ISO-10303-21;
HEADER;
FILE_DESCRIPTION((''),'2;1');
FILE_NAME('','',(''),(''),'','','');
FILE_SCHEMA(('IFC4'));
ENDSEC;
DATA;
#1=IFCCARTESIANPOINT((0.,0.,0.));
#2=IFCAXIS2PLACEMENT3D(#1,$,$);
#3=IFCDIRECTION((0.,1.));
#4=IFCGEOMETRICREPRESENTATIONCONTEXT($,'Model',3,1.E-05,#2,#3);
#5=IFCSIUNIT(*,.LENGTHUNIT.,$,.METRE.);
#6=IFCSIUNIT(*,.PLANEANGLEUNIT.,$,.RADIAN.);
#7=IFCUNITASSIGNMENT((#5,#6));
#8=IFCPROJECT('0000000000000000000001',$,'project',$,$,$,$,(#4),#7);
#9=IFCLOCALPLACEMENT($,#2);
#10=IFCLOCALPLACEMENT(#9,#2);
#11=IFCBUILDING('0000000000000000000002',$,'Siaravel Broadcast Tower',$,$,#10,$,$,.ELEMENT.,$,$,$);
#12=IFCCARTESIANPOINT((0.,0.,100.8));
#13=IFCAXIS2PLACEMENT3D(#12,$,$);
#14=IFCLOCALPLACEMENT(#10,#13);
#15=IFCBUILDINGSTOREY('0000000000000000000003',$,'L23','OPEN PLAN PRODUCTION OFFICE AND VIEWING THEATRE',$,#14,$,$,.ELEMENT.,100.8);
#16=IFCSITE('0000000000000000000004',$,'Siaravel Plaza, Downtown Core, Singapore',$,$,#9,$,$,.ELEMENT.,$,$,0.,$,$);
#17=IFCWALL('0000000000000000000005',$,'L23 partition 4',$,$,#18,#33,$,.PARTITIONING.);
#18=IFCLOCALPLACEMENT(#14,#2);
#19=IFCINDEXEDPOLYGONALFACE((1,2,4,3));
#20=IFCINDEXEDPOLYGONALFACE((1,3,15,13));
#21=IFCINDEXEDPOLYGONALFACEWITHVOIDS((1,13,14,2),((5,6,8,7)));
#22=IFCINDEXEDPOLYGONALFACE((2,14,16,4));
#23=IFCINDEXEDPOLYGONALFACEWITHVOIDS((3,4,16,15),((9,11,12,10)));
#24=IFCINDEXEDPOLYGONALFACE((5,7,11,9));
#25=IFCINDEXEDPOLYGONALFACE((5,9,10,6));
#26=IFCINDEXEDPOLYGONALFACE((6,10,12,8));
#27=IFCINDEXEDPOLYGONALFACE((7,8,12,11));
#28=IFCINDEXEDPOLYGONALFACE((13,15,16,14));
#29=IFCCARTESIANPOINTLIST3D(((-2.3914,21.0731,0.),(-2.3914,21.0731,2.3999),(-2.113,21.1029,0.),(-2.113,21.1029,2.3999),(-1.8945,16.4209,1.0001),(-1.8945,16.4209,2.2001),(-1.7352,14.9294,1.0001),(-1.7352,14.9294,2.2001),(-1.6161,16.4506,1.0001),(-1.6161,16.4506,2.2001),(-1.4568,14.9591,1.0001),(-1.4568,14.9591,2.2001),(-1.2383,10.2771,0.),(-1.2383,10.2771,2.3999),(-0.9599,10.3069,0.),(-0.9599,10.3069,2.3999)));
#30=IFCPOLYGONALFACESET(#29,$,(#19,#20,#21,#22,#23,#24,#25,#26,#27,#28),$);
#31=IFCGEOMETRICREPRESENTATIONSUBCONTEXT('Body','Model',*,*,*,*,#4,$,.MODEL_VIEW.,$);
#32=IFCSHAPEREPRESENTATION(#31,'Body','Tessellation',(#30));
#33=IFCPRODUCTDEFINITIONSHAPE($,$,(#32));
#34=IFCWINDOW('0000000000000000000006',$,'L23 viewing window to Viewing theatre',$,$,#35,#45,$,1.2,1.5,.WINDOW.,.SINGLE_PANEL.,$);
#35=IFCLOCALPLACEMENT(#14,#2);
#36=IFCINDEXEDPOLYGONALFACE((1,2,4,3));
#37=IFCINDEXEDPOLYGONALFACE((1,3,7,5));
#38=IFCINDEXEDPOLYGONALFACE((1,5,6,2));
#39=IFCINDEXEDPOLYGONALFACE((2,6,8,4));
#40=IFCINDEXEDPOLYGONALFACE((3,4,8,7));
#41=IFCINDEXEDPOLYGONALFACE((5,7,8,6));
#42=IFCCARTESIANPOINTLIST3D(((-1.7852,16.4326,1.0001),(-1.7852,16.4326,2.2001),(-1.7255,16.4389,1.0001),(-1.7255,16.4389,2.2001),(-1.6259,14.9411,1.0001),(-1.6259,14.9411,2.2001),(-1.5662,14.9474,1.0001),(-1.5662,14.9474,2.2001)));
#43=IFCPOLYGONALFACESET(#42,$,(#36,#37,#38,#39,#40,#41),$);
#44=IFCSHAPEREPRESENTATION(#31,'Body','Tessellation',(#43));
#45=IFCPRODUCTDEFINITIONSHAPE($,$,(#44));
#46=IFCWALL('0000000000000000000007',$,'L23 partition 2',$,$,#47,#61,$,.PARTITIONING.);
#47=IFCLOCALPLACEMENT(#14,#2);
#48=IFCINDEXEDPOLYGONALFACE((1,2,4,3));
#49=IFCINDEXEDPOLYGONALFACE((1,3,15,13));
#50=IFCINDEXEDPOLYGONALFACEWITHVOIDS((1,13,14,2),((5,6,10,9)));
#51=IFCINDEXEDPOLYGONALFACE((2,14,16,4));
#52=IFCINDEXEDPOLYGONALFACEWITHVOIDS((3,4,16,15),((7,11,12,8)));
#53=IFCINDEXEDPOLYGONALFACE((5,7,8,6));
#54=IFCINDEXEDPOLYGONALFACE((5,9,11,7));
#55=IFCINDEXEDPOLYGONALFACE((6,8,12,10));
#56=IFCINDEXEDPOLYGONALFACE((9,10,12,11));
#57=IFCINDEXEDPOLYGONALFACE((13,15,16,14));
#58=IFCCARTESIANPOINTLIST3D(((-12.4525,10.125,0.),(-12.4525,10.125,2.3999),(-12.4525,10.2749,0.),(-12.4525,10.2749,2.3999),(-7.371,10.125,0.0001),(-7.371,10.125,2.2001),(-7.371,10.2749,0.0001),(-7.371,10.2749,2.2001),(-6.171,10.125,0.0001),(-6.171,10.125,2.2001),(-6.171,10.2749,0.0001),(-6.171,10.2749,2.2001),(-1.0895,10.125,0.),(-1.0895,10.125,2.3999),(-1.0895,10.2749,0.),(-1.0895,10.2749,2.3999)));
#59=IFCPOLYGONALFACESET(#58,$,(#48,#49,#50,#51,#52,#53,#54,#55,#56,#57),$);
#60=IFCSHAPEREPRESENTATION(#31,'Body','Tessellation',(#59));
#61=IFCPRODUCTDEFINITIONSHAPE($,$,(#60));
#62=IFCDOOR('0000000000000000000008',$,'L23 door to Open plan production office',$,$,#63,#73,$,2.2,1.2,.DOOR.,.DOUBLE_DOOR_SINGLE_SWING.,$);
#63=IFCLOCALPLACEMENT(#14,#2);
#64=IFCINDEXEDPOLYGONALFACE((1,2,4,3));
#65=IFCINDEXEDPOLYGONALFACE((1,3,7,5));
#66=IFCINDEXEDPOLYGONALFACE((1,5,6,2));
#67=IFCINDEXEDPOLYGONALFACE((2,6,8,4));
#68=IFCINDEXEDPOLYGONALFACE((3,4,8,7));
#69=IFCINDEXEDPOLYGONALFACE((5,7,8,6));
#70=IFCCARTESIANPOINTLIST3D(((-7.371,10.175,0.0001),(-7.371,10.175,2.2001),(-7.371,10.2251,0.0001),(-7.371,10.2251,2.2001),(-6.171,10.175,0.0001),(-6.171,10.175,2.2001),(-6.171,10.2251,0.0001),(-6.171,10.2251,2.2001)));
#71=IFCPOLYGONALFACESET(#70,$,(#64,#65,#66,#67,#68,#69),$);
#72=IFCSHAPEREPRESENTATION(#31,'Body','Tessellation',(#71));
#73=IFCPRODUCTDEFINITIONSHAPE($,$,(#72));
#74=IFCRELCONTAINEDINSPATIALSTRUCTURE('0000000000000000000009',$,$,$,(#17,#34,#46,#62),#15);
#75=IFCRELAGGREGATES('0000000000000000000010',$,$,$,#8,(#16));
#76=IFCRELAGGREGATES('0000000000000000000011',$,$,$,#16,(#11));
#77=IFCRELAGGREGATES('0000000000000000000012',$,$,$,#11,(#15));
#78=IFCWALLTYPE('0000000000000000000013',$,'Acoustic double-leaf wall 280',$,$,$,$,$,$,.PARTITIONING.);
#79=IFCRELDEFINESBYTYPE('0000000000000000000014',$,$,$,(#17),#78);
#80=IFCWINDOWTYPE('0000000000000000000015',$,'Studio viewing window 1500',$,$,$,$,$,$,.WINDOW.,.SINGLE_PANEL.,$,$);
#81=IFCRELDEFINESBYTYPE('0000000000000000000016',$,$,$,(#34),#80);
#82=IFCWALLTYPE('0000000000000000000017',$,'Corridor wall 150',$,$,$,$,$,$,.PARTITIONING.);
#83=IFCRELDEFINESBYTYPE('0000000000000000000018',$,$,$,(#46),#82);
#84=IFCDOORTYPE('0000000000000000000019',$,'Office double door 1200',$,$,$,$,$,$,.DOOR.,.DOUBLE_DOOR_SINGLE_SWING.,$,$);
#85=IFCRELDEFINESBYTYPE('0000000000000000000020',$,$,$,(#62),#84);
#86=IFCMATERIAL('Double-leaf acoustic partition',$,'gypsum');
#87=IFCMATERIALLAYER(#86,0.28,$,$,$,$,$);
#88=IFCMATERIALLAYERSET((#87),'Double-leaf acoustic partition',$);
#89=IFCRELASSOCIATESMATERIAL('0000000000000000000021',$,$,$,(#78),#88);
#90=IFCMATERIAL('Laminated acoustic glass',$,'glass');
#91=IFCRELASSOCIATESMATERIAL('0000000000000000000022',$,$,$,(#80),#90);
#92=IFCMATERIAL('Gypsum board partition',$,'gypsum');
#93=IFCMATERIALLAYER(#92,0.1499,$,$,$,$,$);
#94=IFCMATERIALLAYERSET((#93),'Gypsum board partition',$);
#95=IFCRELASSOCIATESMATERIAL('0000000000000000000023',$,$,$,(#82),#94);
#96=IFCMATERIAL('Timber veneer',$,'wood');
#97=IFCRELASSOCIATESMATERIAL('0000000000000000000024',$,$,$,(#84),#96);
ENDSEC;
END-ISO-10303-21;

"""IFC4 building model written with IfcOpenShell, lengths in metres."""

from ifc_helpers import new_model, si_unit, direction, frame, frame_2d, origin, place, context, subcontext, project, spatial, rectangle, extrude, material, layer, layer_set, type_object, element, fill, save


model = new_model("IFC4")

# Units and contexts
model_context = context("Model", 3, precision=1e-05, world=origin(), true_north=direction((0.0, 1.0)))
body_context = subcontext(model_context, "Body", "Model", "MODEL_VIEW")
ifc_project = project(units=[si_unit("LENGTHUNIT", "METRE"), si_unit("PLANEANGLEUNIT", "RADIAN")], contexts=[model_context])

# Site, building, storey
site_placement = place(None, origin())
site = spatial("IfcSite", under=ifc_project, at=site_placement, Name="Siaravel Plaza, Downtown Core, Singapore", CompositionType="ELEMENT", RefElevation=0.0)
building_placement = place(site_placement, origin())
building = spatial("IfcBuilding", under=site, at=building_placement, Name="Siaravel Broadcast Tower", CompositionType="ELEMENT")
storey_placement = place(building_placement, frame((0.0, 0.0, 100.8)))
storey = spatial("IfcBuildingStorey", under=building, at=storey_placement, Name="L23", Description="OPEN PLAN PRODUCTION OFFICE AND VIEWING THEATRE", CompositionType="ELEMENT", Elevation=100.8)

# Wall, opening, window
ifc_material_1 = material(Name="Double-leaf acoustic partition", Category="gypsum")
ifc_layer_1 = layer(ifc_material_1, 0.28)
ifc_layer_set_1 = layer_set([ifc_layer_1], Name="Double-leaf acoustic partition")
wall_type_1 = type_object("IfcWallType", Name="Acoustic double-leaf wall 280", PredefinedType="PARTITIONING", material=ifc_layer_set_1)
wall_1_placement = place(storey_placement, frame((-1.0991, 10.292, 0.0), z_axis=(0.0, 0.0, 1.0), x_axis=(-0.106203, 0.994344, 0.0)))
wall_1 = element("IfcWall", 1, at=wall_1_placement, inside=storey, type_object=wall_type_1, Name="L23 partition 4", PredefinedType="PARTITIONING", context=body_context, shape_type="SweptSolid", body=[
    extrude(rectangle(XDim=10.8574, YDim=0.28, at=frame_2d((5.4287, 0.0))), origin(), (0.0, 0.0, 1.0), 2.3999),
])
opening_1_placement = place(wall_1_placement, frame((4.6787, 0.0, 1.0)))
opening_1 = element("IfcOpeningElement", 2, at=opening_1_placement, cuts=wall_1, PredefinedType="OPENING", context=body_context, shape_type="SweptSolid", body=[
    extrude(rectangle(XDim=1.5, YDim=1.2, at=frame_2d((0.75, 0.6001))), frame((0.0, 0.1499, 0.0), z_axis=(0.0, -1.0, 0.0), x_axis=(1.0, 0.0, 0.0)), (0.0, 0.0, 1.0), 0.3),
])
ifc_material_2 = material(Name="Laminated acoustic glass", Category="glass")
window_type = type_object("IfcWindowType", Name="Studio viewing window 1500", PartitioningType="SINGLE_PANEL", PredefinedType="WINDOW", material=ifc_material_2)
window_placement = place(opening_1_placement, origin())
window = element("IfcWindow", 3, at=window_placement, inside=storey, type_object=window_type, Name="L23 viewing window to Viewing theatre", OverallHeight=1.2, OverallWidth=1.5, PartitioningType="SINGLE_PANEL", PredefinedType="WINDOW", context=body_context, shape_type="SweptSolid", body=[
    extrude(rectangle(XDim=1.5, YDim=1.2, at=frame_2d((0.75, 0.6001))), frame((0.0, 0.03, 0.0), z_axis=(0.0, -1.0, 0.0), x_axis=(1.0, 0.0, 0.0)), (0.0, 0.0, 1.0), 0.0601),
])
fill(opening_1, window)

# Wall, opening, door
ifc_material_3 = material(Name="Gypsum board partition", Category="gypsum")
ifc_layer_2 = layer(ifc_material_3, 0.1499)
ifc_layer_set_2 = layer_set([ifc_layer_2], Name="Gypsum board partition")
wall_type_2 = type_object("IfcWallType", Name="Corridor wall 150", PredefinedType="PARTITIONING", material=ifc_layer_set_2)
wall_2_placement = place(storey_placement, frame((-1.0894, 10.2, 0.0), z_axis=(0.0, 0.0, 1.0), x_axis=(-1.0, 0.0, 0.0)))
wall_2 = element("IfcWall", 4, at=wall_2_placement, inside=storey, type_object=wall_type_2, Name="L23 partition 2", PredefinedType="PARTITIONING", context=body_context, shape_type="SweptSolid", body=[
    extrude(rectangle(XDim=11.363, YDim=0.1499, at=frame_2d((5.6816, 0.0))), origin(), (0.0, 0.0, 1.0), 2.3999),
])
opening_2_placement = place(wall_2_placement, frame((5.0815, 0.0, 0.0)))
opening_2 = element("IfcOpeningElement", 5, at=opening_2_placement, cuts=wall_2, PredefinedType="OPENING", context=body_context, shape_type="SweptSolid", body=[
    extrude(rectangle(XDim=1.2, YDim=2.2, at=frame_2d((0.6001, 1.1001))), frame((0.0, 0.085, 0.0), z_axis=(0.0, -1.0, 0.0), x_axis=(1.0, 0.0, 0.0)), (0.0, 0.0, 1.0), 0.1699),
])
ifc_material_4 = material(Name="Timber veneer", Category="wood")
door_type = type_object("IfcDoorType", Name="Office double door 1200", OperationType="DOUBLE_DOOR_SINGLE_SWING", PredefinedType="DOOR", material=ifc_material_4)
door_placement = place(opening_2_placement, origin())
door = element("IfcDoor", 6, at=door_placement, inside=storey, type_object=door_type, Name="L23 door to Open plan production office", OperationType="DOUBLE_DOOR_SINGLE_SWING", OverallHeight=2.2, OverallWidth=1.2, PredefinedType="DOOR", context=body_context, shape_type="SweptSolid", body=[
    extrude(rectangle(XDim=1.2, YDim=2.2, at=frame_2d((0.6001, 1.1001))), frame((0.0, 0.0249, 0.0), z_axis=(0.0, -1.0, 0.0), x_axis=(1.0, 0.0, 0.0)), (0.0, 0.0, 1.0), 0.05),
])
fill(opening_2, door)

save(model, "model.ifc")
